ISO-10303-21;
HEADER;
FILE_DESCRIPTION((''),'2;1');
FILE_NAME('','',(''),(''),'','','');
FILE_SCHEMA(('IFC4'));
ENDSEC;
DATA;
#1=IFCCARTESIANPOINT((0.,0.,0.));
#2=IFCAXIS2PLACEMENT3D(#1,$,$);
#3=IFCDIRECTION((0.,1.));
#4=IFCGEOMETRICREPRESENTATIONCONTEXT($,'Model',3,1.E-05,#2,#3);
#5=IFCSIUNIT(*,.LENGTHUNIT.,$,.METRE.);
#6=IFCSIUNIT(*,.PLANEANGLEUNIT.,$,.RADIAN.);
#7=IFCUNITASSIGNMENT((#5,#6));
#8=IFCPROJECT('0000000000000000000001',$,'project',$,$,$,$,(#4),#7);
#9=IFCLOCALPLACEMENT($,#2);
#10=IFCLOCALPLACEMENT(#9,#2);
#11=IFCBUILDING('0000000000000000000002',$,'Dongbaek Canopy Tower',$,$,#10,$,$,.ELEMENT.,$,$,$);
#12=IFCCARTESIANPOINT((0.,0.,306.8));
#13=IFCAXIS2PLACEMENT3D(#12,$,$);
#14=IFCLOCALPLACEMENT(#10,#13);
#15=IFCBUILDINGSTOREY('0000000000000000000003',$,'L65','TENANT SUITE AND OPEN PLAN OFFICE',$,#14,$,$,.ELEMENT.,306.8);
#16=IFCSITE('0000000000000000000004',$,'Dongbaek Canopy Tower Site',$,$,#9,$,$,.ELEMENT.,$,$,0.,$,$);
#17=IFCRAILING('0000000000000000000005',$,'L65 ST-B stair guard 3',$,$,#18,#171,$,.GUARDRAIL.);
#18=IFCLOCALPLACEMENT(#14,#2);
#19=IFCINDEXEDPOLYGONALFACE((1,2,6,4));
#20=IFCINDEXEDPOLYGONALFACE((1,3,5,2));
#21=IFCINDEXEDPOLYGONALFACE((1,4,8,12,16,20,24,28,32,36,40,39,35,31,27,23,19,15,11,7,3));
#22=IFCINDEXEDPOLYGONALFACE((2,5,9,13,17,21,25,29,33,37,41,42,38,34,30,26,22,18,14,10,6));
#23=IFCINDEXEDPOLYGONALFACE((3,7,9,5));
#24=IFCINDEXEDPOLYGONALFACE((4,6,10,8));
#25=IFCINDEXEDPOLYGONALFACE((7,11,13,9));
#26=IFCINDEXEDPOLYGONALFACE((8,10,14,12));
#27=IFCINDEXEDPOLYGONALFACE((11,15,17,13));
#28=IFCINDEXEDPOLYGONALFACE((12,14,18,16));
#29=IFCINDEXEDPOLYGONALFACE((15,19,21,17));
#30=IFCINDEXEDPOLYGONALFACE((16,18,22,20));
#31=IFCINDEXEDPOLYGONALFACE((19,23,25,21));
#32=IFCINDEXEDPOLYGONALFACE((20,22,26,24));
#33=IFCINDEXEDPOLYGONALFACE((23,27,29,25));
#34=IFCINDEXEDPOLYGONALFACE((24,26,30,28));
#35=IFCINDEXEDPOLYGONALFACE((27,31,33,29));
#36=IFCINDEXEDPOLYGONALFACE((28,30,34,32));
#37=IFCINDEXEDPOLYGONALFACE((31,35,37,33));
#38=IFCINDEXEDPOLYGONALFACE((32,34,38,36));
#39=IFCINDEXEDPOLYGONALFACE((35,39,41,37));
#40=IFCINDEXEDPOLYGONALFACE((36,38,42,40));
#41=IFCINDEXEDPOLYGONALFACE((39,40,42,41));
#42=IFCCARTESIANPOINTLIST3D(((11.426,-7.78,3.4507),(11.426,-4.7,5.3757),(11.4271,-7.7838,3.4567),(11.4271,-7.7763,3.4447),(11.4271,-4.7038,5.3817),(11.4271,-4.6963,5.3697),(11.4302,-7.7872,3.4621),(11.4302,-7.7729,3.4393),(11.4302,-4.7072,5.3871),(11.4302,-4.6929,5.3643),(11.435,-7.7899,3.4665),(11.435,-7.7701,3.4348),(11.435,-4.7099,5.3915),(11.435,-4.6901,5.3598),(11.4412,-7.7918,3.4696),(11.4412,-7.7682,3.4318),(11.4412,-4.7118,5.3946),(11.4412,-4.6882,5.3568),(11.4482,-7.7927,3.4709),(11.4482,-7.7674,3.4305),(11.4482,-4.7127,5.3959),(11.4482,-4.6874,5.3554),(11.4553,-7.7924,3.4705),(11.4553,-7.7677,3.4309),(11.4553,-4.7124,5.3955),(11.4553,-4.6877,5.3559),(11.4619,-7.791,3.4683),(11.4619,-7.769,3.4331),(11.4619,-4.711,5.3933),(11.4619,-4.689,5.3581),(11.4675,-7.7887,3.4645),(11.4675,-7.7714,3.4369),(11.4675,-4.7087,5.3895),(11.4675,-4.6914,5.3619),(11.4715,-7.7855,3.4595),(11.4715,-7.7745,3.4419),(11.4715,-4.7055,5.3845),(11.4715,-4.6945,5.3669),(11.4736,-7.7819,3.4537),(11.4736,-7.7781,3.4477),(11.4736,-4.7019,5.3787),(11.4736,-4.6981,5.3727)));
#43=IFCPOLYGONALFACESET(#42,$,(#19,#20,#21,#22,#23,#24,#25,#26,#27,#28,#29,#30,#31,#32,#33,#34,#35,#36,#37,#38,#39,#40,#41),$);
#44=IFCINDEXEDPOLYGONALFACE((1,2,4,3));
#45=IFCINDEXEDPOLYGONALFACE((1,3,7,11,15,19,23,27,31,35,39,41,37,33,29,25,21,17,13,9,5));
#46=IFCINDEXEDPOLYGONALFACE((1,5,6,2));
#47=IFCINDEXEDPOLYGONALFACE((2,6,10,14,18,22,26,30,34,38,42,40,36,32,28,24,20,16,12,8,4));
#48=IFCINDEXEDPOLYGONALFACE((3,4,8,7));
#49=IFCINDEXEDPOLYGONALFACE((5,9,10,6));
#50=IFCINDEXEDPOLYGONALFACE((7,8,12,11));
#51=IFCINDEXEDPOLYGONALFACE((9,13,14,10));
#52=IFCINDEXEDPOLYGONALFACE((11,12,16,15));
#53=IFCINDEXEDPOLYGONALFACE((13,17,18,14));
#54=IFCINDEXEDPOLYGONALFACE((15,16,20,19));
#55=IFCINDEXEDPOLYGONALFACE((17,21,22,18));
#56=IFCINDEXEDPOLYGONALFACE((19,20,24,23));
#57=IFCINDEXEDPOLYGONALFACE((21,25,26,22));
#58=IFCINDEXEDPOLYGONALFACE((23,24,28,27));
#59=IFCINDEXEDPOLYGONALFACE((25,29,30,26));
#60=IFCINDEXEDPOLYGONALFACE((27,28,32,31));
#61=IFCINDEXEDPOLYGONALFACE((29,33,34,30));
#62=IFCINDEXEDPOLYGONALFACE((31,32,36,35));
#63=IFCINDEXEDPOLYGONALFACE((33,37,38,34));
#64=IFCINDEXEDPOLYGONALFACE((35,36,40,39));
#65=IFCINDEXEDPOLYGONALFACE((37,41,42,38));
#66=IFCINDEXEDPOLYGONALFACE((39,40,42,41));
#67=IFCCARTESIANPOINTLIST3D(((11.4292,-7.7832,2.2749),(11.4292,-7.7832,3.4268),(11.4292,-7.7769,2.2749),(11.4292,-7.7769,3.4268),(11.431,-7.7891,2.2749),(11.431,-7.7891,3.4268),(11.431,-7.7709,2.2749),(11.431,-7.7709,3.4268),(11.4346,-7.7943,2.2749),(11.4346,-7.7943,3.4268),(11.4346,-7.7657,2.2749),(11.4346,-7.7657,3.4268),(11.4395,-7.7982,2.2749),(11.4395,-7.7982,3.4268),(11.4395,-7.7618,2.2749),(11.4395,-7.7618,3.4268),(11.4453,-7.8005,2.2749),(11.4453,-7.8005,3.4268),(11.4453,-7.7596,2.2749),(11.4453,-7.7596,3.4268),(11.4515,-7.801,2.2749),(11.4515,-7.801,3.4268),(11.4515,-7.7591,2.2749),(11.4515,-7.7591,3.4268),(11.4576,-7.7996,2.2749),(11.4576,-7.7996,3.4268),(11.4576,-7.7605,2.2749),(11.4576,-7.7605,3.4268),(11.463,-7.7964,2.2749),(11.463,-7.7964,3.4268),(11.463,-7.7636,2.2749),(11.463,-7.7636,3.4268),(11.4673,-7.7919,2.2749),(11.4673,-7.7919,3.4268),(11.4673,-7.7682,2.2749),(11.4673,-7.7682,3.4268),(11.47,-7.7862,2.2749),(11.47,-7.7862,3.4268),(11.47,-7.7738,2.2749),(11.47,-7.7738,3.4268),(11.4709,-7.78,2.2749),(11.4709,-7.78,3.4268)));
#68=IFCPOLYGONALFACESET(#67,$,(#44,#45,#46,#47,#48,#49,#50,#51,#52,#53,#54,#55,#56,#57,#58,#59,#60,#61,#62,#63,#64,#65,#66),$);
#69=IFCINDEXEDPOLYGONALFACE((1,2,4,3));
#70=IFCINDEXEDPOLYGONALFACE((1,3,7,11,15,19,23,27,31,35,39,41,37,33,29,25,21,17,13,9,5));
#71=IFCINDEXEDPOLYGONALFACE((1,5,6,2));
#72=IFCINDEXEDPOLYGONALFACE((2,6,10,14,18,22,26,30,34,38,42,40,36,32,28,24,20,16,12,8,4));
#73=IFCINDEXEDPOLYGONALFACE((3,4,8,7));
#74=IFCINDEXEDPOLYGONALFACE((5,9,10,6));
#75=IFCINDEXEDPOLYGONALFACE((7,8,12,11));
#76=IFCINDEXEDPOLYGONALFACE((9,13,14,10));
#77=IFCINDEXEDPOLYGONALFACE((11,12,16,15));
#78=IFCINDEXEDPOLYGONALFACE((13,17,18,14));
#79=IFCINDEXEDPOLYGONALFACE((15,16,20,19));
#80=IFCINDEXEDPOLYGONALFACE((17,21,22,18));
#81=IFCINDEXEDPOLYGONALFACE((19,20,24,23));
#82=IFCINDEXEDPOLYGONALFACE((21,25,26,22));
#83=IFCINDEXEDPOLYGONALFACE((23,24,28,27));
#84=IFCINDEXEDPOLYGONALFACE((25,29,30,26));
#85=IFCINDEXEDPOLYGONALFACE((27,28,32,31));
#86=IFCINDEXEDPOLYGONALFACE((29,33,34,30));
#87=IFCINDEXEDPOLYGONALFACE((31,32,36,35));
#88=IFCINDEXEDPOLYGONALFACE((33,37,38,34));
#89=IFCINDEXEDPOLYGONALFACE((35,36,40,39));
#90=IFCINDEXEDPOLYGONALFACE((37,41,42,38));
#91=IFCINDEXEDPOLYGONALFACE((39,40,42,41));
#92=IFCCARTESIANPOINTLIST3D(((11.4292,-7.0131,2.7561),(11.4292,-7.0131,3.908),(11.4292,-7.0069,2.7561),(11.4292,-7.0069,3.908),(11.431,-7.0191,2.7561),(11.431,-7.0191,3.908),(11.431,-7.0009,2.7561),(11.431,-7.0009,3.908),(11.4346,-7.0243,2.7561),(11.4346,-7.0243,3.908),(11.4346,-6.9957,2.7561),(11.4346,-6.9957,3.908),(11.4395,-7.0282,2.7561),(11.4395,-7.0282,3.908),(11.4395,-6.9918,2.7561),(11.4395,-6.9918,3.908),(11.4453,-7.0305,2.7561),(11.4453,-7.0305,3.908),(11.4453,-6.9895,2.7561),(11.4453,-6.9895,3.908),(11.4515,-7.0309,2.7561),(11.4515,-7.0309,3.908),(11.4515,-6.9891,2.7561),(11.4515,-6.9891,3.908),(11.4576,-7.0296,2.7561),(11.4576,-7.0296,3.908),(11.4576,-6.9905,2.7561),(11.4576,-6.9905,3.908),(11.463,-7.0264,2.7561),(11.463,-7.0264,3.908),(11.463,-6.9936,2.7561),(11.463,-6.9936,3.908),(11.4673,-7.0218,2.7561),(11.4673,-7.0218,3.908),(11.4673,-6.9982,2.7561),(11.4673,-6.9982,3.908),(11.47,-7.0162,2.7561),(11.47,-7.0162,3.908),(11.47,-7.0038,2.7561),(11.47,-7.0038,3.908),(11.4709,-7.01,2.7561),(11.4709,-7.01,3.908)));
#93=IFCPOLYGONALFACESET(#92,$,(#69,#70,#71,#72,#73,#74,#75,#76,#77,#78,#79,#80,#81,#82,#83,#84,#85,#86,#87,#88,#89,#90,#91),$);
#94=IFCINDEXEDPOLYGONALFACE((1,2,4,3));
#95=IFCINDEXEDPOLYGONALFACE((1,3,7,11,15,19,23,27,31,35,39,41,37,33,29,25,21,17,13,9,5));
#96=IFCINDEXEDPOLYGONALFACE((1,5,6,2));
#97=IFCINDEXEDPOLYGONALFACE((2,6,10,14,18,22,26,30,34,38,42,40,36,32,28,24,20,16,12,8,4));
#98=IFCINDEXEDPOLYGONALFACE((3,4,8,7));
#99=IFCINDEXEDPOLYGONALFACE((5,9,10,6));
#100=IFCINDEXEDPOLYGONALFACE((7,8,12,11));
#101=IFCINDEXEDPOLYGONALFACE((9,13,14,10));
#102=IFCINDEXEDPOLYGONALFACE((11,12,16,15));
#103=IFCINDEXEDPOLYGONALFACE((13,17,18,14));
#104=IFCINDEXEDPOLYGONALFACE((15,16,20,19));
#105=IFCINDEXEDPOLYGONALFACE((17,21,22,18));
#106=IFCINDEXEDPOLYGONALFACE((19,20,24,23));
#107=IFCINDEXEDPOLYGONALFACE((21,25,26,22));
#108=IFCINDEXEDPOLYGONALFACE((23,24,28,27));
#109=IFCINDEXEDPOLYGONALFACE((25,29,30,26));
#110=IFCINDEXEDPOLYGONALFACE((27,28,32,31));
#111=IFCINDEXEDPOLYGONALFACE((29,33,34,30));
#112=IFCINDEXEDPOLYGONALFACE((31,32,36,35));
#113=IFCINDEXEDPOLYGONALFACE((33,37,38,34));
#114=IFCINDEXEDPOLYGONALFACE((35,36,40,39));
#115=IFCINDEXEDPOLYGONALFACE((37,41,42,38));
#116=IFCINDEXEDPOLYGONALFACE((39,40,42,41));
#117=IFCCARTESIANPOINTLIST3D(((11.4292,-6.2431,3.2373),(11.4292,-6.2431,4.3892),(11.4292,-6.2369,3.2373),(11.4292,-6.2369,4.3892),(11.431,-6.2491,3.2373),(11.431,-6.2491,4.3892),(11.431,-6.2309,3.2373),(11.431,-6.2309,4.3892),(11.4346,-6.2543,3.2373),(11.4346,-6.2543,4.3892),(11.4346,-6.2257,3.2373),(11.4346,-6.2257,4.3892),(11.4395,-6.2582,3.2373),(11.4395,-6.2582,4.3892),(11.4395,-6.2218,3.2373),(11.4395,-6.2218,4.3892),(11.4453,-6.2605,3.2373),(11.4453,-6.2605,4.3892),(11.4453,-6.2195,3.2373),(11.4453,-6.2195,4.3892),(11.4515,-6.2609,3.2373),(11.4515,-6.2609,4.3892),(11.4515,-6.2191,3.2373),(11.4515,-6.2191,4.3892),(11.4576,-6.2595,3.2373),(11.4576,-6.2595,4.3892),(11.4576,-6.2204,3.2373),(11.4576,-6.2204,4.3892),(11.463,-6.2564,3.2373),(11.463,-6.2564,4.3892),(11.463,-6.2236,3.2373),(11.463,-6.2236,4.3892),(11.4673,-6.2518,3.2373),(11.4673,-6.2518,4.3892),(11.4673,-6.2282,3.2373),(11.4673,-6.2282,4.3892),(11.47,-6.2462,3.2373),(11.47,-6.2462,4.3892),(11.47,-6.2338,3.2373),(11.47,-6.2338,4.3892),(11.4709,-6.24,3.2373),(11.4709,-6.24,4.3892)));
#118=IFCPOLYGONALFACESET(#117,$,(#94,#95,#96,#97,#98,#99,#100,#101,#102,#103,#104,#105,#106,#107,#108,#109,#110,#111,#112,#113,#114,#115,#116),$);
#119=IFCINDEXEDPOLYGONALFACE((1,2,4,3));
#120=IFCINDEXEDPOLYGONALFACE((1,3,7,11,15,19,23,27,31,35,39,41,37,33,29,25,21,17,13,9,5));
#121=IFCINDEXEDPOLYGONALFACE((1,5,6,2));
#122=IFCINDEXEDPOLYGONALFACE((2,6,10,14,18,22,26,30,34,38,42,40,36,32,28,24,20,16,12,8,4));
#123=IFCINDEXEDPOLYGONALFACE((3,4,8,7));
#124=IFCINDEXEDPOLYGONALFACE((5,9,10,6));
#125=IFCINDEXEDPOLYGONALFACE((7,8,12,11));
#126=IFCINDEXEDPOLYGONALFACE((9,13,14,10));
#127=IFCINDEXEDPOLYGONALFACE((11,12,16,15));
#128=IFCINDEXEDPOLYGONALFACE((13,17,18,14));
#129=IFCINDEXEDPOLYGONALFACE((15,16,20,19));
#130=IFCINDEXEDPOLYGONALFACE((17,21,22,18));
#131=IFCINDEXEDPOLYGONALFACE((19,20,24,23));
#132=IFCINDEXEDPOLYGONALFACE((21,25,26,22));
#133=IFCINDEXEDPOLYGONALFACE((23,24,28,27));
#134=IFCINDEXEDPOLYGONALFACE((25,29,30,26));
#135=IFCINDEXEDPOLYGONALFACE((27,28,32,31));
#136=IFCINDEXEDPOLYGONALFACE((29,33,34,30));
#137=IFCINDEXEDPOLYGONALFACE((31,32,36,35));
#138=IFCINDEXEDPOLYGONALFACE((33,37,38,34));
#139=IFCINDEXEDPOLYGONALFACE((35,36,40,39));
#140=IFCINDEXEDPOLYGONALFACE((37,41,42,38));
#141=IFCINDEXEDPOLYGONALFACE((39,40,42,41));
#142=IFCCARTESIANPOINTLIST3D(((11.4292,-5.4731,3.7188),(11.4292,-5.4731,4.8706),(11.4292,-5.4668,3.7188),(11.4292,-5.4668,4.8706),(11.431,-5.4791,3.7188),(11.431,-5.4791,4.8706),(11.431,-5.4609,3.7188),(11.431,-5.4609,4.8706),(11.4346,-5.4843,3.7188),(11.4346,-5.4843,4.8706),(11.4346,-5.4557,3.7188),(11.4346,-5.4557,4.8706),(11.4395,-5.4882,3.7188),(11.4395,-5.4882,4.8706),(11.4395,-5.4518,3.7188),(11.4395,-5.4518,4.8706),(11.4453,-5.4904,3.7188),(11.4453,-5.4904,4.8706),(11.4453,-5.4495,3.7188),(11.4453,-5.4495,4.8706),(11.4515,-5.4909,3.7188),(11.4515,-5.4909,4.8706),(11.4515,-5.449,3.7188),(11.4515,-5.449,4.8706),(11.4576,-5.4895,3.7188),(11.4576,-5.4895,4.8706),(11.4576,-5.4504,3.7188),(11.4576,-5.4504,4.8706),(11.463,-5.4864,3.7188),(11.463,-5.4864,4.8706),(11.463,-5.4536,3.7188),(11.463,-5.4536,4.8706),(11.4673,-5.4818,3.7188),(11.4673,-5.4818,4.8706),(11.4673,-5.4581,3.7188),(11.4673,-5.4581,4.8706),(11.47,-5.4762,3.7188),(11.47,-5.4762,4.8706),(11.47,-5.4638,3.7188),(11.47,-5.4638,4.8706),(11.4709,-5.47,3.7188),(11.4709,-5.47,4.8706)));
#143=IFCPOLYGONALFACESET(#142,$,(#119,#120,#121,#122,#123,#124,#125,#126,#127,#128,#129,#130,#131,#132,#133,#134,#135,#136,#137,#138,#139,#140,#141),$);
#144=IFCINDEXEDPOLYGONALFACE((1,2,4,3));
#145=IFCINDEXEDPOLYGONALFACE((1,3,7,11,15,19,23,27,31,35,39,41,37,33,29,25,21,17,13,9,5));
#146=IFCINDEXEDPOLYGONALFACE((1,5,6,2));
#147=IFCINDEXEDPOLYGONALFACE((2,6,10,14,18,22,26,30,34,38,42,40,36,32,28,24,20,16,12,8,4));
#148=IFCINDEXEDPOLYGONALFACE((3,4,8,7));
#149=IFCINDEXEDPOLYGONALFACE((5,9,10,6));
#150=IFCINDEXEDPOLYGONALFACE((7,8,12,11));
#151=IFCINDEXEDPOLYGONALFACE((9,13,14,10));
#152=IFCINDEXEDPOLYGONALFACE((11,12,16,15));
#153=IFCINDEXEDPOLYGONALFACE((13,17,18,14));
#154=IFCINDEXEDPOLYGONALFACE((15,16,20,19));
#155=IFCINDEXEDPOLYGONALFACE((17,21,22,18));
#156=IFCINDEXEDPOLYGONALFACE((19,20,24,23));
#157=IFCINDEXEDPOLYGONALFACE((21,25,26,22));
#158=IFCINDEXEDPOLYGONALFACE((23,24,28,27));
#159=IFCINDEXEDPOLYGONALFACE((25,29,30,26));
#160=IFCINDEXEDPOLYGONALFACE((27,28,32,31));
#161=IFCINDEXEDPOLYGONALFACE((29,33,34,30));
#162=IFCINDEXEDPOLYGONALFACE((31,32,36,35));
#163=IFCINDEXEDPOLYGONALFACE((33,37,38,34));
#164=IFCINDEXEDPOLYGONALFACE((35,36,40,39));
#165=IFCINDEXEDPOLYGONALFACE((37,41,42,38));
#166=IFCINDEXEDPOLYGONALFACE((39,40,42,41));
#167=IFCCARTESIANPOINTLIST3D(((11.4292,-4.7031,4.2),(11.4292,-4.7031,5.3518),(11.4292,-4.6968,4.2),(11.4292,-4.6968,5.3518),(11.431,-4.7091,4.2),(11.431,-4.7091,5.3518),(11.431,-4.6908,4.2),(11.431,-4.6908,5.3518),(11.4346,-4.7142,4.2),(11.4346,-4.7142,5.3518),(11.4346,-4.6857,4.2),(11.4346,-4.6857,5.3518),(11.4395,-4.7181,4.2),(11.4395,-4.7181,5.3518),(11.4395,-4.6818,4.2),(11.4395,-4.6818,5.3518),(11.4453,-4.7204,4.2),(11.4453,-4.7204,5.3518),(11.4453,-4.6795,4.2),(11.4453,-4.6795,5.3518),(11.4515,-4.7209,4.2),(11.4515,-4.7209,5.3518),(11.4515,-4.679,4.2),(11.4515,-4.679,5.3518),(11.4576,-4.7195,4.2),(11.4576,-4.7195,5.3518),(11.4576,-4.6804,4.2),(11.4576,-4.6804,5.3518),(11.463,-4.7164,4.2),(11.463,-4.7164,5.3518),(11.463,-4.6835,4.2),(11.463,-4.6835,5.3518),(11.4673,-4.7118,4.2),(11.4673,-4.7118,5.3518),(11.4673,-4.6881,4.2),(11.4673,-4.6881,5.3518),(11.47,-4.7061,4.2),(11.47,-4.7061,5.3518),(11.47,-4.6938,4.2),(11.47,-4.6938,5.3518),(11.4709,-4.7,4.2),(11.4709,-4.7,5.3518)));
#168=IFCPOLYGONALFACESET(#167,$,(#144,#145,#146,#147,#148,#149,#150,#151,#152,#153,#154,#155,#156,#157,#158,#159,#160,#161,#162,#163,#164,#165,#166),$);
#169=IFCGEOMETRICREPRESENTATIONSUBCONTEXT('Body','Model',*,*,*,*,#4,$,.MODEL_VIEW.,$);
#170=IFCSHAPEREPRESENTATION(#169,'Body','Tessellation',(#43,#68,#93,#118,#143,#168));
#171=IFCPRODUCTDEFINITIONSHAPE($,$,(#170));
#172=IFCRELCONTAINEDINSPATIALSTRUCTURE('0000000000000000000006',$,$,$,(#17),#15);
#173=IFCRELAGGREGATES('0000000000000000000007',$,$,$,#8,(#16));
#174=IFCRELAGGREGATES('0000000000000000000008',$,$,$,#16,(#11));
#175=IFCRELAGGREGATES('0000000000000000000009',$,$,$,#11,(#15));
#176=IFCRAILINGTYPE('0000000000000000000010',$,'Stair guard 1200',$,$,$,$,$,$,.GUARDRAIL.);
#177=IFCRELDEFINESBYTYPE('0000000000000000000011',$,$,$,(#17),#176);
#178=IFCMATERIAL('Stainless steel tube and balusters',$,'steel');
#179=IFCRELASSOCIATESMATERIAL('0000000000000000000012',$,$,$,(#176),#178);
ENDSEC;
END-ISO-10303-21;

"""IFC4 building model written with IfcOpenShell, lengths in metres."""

from ifc_helpers import new_model, si_unit, direction, frame, origin, origin_2d, place, context, subcontext, project, spatial, circle, extrude, material, type_object, element, save


model = new_model("IFC4")

# Units and contexts
model_context = context("Model", 3, precision=1e-05, world=origin(), true_north=direction((0.0, 1.0)))
body_context = subcontext(model_context, "Body", "Model", "MODEL_VIEW")
ifc_project = project(units=[si_unit("LENGTHUNIT", "METRE"), si_unit("PLANEANGLEUNIT", "RADIAN")], contexts=[model_context])

# Site, building, storey
site_placement = place(None, origin())
site = spatial("IfcSite", under=ifc_project, at=site_placement, Name="Dongbaek Canopy Tower Site", CompositionType="ELEMENT", RefElevation=0.0)
building_placement = place(site_placement, origin())
building = spatial("IfcBuilding", under=site, at=building_placement, Name="Dongbaek Canopy Tower", CompositionType="ELEMENT")
storey_placement = place(building_placement, frame((0.0, 0.0, 306.8)))
storey = spatial("IfcBuildingStorey", under=building, at=storey_placement, Name="L65", Description="TENANT SUITE AND OPEN PLAN OFFICE", CompositionType="ELEMENT", Elevation=306.8)

# Railing
ifc_material_1 = material(Name="Stainless steel tube and balusters", Category="steel")
railing_type_1 = type_object("IfcRailingType", Name="Stair guard 1200", PredefinedType="GUARDRAIL", material=ifc_material_1)
railing_1_placement = place(storey_placement, frame((11.45, -7.78, 2.2749)))
element("IfcRailing", 1, at=railing_1_placement, inside=storey, type_object=railing_type_1, Name="L65 ST-B stair guard 3", PredefinedType="GUARDRAIL", context=body_context, shape_type="SweptSolid", body=[
    extrude(circle(Radius=0.0239, at=origin_2d()), frame((0.0, 0.0, 1.1758), z_axis=(0.0, 0.847998, 0.529999), x_axis=(-1.0, 0.0, 0.0)), (0.0, 0.0, 1.0), 3.6321),
    extrude(circle(Radius=0.021, at=origin_2d()), origin(), (0.0, 0.0, 1.0), 1.1519),
    extrude(circle(Radius=0.021, at=origin_2d()), frame((0.0, 0.77, 0.4812)), (0.0, 0.0, 1.0), 1.1519),
    extrude(circle(Radius=0.021, at=origin_2d()), frame((0.0, 1.54, 0.9624)), (0.0, 0.0, 1.0), 1.1519),
    extrude(circle(Radius=0.021, at=origin_2d()), frame((0.0, 2.3101, 1.4438)), (0.0, 0.0, 1.0), 1.1519),
    extrude(circle(Radius=0.021, at=origin_2d()), frame((0.0, 3.0801, 1.925)), (0.0, 0.0, 1.0), 1.1519),
])

save(model, "model.ifc")
